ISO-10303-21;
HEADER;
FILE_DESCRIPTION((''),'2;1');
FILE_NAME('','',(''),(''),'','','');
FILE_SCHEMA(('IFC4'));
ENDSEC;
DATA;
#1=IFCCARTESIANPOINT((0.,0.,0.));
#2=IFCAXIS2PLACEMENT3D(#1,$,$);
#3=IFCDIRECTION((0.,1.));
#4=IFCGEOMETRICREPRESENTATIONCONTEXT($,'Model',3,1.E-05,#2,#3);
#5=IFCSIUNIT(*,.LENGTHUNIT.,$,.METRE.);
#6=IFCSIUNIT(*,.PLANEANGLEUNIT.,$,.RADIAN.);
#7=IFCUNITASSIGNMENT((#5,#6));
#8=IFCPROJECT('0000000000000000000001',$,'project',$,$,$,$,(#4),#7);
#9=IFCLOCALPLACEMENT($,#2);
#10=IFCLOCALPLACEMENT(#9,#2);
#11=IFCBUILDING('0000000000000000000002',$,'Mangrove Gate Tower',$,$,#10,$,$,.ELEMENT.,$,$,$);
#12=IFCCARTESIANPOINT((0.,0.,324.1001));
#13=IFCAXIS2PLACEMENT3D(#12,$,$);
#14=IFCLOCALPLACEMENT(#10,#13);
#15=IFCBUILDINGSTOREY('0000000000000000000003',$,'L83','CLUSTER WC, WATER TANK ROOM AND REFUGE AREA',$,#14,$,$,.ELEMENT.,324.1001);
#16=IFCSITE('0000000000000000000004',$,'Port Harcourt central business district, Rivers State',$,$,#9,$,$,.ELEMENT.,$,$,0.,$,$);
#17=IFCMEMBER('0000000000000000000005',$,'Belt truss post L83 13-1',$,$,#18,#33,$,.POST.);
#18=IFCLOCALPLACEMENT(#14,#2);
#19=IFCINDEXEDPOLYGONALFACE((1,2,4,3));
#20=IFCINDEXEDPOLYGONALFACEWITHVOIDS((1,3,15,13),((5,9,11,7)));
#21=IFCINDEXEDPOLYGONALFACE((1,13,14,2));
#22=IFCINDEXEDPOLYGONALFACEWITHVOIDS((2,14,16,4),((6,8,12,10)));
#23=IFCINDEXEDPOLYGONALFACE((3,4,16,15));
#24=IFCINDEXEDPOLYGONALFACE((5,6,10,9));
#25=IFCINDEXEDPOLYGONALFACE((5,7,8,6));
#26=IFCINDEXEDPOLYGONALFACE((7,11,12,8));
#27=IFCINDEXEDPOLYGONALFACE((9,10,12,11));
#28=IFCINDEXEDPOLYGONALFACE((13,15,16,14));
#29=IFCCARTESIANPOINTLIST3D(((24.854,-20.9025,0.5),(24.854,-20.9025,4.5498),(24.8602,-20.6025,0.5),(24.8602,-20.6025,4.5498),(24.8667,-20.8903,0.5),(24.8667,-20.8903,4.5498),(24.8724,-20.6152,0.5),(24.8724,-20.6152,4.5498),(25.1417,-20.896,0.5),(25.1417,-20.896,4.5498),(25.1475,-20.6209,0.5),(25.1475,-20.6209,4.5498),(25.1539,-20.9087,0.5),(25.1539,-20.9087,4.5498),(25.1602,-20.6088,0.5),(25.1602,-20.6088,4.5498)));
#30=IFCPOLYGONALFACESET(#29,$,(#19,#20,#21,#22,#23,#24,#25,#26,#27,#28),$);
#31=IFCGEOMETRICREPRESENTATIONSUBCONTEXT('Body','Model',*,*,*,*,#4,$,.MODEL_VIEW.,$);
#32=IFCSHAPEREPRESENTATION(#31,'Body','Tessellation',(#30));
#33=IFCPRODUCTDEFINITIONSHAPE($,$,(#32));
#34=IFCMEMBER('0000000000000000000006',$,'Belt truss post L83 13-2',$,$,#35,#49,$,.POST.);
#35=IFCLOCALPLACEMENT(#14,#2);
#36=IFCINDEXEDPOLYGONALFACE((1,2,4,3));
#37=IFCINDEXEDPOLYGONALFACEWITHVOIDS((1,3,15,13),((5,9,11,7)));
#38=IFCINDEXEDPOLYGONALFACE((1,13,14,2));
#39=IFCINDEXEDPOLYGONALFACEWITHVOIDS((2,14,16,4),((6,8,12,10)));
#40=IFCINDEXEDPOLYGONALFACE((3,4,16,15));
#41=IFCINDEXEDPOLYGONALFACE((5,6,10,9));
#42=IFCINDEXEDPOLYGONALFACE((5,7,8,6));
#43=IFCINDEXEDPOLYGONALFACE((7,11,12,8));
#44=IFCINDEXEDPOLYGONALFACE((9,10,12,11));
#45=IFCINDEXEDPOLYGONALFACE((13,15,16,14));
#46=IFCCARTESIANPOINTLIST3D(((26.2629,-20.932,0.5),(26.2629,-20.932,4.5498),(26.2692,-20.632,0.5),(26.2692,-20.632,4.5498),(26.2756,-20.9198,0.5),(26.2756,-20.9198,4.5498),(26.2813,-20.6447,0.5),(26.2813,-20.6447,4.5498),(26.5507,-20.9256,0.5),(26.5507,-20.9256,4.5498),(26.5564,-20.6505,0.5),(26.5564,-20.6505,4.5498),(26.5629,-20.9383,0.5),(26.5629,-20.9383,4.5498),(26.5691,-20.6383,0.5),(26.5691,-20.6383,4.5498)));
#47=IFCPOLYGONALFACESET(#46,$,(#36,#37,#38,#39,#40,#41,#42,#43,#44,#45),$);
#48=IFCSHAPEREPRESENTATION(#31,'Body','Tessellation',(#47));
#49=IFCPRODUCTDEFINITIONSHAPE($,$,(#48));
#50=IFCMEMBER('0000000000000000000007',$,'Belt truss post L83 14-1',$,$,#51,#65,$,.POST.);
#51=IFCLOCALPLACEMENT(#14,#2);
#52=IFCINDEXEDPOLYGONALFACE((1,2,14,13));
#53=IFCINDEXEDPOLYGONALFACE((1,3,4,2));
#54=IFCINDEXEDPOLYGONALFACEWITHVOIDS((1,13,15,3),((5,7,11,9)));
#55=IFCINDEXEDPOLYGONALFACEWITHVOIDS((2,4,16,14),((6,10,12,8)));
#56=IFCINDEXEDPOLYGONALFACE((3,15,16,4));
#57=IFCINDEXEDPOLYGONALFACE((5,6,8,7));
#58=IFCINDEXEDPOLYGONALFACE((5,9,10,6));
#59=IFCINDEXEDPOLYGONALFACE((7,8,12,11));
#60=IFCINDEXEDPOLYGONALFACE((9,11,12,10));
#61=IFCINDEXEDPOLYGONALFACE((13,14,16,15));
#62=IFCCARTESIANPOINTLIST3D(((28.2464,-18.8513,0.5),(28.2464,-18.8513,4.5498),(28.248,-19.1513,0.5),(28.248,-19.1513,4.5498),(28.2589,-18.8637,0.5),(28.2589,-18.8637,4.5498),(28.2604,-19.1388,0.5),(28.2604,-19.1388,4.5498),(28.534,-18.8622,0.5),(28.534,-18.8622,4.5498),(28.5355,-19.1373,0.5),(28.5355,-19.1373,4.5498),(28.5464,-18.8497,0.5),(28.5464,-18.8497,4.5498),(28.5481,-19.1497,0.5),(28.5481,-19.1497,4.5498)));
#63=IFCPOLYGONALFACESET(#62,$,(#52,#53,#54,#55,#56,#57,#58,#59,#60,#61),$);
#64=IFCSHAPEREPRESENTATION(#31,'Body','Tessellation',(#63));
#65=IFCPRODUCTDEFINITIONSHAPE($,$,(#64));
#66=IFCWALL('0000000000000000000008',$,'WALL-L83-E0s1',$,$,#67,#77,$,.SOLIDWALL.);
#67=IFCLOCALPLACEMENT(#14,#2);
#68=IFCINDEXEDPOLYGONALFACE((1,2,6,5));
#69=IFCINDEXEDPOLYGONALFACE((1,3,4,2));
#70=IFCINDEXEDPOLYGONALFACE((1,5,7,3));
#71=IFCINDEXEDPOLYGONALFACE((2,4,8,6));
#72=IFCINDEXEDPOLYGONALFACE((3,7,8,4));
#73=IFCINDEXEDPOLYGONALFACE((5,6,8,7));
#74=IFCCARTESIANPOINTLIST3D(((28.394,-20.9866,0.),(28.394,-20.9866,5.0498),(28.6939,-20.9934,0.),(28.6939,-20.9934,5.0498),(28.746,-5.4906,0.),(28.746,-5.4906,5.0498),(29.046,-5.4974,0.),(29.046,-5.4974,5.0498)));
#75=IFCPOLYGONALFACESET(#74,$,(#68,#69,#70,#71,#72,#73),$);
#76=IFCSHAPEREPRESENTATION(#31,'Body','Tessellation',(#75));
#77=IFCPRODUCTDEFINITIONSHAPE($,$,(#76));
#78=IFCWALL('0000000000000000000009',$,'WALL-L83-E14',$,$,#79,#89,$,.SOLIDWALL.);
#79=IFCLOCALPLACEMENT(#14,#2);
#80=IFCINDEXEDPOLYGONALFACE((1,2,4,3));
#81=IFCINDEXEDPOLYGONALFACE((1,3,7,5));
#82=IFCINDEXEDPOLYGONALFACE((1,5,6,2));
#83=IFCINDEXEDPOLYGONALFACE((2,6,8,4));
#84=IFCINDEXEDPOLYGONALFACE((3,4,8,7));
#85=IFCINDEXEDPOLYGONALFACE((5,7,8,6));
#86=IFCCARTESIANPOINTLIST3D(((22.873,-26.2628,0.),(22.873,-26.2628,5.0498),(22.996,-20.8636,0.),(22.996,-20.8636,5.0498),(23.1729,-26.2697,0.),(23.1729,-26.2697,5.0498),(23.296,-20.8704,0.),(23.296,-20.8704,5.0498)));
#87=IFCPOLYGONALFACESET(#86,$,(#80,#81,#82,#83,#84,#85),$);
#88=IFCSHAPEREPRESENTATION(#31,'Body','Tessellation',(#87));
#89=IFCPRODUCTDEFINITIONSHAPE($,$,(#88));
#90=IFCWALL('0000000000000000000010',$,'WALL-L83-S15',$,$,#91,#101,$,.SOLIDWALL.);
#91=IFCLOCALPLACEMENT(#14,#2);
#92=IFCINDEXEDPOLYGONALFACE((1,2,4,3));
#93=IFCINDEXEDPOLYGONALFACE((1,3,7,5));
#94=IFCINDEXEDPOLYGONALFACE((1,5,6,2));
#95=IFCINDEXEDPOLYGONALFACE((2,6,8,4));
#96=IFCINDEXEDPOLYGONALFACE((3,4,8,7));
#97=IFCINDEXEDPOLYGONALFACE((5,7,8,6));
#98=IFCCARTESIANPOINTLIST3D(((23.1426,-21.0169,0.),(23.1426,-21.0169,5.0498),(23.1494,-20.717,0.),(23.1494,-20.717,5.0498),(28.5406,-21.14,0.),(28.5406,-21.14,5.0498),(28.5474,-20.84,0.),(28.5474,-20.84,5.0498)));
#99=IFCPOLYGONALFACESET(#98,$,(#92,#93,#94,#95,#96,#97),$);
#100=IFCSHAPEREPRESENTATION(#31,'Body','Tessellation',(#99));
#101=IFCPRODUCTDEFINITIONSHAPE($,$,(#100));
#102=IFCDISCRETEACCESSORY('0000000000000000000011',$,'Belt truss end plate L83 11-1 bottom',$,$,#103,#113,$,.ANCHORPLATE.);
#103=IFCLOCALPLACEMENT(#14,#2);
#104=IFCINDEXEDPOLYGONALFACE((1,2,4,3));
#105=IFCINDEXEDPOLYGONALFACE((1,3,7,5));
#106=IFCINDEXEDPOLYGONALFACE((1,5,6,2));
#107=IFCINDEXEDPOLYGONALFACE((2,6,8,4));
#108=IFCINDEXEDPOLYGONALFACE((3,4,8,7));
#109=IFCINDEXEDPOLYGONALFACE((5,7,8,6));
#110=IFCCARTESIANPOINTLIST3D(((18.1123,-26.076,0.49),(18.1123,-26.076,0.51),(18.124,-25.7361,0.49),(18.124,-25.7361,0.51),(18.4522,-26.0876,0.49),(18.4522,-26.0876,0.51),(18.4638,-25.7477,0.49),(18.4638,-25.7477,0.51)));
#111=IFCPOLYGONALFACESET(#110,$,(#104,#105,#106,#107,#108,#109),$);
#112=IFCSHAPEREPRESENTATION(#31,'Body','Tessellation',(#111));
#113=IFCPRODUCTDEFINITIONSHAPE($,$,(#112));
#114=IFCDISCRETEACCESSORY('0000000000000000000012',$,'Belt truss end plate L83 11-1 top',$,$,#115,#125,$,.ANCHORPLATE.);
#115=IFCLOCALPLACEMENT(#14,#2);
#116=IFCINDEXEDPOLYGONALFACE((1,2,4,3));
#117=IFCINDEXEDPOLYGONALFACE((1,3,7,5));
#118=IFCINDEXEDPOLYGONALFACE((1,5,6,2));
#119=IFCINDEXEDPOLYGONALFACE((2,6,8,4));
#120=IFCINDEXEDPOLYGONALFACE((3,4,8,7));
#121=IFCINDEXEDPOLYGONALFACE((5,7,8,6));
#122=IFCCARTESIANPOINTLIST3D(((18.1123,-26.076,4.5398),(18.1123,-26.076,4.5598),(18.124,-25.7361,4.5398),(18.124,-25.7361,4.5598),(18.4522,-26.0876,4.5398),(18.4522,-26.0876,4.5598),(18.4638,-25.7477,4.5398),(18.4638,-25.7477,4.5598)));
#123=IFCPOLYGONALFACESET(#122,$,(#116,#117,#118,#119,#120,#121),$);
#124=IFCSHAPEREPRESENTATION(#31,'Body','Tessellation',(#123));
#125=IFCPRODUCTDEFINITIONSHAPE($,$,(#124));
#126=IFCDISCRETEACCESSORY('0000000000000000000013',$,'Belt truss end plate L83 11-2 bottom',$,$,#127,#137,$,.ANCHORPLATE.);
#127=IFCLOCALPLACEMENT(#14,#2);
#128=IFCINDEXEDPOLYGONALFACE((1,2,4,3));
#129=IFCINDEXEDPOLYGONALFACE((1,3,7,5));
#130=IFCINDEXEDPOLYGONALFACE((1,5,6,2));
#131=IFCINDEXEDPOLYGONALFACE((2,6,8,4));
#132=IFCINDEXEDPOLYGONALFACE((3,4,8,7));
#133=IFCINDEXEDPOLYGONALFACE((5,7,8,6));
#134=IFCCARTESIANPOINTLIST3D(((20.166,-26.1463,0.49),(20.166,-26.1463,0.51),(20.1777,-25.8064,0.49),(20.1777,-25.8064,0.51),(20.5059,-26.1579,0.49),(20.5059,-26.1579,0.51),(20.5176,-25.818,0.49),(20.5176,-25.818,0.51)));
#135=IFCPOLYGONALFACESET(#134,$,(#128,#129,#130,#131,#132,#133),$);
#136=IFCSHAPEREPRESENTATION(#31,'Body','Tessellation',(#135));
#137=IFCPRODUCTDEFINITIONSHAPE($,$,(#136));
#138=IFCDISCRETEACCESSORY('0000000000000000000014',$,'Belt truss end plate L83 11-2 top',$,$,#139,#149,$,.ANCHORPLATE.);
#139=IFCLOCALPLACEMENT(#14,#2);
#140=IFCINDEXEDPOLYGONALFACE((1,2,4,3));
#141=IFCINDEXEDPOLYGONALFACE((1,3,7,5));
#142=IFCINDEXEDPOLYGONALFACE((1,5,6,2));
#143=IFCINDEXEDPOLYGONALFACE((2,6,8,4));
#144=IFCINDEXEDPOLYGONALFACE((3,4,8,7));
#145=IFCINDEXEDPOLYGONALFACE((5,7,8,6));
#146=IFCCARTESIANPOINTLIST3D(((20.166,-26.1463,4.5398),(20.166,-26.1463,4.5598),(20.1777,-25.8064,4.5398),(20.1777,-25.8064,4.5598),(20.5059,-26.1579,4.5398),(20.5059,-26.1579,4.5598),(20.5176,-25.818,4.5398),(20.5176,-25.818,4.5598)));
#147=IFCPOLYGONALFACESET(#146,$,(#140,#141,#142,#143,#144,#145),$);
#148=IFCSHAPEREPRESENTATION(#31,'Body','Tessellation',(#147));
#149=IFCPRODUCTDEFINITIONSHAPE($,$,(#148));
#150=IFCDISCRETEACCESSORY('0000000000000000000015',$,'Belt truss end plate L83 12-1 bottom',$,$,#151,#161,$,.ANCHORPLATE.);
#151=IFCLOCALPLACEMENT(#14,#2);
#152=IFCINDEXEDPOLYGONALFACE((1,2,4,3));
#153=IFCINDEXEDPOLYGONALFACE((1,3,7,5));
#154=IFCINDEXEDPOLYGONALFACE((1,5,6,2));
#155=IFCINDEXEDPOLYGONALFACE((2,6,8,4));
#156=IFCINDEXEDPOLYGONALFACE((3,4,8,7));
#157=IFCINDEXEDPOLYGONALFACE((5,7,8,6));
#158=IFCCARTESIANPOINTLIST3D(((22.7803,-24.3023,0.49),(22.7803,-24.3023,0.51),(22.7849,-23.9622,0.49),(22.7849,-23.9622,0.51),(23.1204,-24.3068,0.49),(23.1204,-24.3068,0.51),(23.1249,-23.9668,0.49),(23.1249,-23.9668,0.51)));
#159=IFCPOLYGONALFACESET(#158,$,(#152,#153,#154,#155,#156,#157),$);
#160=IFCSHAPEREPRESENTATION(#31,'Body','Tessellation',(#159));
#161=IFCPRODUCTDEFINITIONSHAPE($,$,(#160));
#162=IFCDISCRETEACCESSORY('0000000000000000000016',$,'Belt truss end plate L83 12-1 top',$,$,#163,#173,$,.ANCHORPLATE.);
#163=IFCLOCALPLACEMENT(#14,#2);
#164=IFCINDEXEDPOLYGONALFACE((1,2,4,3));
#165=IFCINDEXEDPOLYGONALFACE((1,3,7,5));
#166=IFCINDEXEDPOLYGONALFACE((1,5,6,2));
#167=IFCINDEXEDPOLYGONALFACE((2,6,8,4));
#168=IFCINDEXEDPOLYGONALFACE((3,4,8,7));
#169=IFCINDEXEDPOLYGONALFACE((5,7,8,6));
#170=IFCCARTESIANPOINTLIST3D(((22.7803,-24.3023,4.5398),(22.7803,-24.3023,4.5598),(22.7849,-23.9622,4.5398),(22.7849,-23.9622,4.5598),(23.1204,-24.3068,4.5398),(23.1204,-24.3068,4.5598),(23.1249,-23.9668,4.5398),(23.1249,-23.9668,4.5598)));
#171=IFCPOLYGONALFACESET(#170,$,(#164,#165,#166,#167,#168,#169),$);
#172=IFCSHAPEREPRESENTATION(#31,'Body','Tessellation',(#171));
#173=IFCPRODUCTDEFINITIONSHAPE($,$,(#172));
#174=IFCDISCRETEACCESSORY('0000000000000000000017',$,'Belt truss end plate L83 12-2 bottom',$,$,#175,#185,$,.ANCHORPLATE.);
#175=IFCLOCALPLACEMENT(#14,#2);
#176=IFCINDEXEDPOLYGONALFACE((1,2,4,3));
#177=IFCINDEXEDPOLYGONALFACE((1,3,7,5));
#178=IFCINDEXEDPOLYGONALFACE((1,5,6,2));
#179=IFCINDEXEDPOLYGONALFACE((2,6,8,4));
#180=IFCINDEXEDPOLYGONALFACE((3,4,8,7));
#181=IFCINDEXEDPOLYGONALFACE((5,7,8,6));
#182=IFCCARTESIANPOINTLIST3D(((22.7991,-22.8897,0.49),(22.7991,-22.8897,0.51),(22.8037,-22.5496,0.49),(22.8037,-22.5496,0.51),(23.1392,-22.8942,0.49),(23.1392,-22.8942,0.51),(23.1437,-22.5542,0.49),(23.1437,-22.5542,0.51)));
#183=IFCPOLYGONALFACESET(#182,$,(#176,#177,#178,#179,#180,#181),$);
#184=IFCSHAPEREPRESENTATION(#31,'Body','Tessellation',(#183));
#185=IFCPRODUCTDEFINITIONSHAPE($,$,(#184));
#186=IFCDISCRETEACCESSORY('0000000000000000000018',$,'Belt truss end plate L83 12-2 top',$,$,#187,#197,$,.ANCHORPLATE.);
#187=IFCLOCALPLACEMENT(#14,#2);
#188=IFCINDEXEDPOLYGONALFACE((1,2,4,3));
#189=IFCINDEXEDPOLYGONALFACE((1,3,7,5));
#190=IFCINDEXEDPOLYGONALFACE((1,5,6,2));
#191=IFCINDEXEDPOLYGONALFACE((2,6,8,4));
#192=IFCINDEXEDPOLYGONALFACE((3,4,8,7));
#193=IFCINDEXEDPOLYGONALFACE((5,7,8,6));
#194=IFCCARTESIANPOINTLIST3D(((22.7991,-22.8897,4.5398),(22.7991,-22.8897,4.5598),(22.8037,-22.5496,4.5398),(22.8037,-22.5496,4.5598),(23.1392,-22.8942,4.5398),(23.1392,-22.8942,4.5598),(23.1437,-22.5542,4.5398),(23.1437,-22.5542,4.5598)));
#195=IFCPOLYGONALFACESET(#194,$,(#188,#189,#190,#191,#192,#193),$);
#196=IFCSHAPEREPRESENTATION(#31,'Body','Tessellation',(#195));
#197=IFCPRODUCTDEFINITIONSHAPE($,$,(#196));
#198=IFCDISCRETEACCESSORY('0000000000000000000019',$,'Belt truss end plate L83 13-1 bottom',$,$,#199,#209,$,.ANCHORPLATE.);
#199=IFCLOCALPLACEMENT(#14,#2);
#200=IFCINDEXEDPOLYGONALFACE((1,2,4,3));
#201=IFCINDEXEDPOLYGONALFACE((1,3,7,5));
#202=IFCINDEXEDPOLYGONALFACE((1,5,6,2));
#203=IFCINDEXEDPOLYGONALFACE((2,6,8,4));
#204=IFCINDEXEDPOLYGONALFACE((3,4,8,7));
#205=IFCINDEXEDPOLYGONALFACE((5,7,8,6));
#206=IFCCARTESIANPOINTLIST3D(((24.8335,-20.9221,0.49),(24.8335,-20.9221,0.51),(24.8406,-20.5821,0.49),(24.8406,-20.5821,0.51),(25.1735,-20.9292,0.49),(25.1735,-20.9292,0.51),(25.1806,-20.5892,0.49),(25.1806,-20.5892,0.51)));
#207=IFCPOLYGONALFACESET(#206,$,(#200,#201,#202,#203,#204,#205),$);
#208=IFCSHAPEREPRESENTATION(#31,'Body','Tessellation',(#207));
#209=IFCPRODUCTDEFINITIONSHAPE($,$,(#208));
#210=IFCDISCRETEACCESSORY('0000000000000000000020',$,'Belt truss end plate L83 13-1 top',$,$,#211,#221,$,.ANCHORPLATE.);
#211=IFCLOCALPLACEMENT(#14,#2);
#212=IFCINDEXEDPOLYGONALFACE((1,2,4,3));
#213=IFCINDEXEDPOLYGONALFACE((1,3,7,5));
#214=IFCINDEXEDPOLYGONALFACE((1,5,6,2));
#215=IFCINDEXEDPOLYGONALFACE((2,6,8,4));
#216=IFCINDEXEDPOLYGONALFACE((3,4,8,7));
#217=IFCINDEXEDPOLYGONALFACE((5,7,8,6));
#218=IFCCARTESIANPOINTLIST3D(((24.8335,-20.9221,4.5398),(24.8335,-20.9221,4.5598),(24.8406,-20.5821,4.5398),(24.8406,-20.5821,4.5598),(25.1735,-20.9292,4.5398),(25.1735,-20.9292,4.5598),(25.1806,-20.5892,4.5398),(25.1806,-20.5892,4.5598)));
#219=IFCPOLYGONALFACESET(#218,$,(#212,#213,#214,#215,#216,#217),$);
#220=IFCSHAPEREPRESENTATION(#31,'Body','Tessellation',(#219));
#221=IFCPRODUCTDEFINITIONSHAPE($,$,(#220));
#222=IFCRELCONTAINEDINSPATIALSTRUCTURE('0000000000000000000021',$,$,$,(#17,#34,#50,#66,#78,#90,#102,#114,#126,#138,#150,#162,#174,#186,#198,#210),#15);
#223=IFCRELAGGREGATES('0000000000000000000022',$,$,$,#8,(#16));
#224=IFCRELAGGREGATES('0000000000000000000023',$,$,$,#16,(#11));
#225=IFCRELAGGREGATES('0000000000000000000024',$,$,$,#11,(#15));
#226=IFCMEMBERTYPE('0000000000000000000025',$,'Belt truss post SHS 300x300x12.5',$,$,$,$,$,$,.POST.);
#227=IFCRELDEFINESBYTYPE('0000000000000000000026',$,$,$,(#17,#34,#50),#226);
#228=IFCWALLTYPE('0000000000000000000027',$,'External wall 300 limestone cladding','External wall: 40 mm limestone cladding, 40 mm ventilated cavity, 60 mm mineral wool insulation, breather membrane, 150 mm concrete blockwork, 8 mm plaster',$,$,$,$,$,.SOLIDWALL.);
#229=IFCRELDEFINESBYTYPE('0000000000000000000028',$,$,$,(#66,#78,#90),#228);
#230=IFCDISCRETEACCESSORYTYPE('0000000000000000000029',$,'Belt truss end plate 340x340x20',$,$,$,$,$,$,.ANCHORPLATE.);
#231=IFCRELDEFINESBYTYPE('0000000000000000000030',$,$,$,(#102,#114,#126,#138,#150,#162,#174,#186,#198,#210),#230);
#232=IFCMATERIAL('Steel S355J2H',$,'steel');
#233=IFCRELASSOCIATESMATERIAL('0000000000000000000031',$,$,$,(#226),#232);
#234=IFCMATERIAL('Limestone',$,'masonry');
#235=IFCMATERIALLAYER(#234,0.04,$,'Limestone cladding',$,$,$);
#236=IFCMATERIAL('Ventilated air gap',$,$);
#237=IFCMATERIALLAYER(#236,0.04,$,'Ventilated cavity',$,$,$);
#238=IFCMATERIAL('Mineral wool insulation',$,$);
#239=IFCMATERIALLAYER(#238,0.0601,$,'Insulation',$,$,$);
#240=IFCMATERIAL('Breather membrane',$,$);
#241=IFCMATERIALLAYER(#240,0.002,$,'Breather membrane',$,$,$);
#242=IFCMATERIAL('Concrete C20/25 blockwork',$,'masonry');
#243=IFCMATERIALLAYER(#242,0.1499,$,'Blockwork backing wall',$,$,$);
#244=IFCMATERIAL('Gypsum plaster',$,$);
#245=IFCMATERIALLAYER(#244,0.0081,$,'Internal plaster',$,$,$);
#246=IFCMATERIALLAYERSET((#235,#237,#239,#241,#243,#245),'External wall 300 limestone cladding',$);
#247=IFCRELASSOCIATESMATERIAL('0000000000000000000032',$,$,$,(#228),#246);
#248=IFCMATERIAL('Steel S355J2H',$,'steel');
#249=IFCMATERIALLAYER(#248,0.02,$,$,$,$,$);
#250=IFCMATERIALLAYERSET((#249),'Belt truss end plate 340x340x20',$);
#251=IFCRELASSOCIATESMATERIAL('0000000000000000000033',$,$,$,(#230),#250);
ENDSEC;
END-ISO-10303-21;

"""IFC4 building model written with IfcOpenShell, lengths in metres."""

from ifc_helpers import new_model, si_unit, direction, frame, frame_2d, origin, origin_2d, place, context, subcontext, project, spatial, rectangle, hollow_rectangle, extrude, material, layer, layer_set, material_profile, profile_set, type_object, element, save


model = new_model("IFC4")

# Units and contexts
model_context = context("Model", 3, precision=1e-05, world=origin(), true_north=direction((0.0, 1.0)))
body_context = subcontext(model_context, "Body", "Model", "MODEL_VIEW")
ifc_project = project(units=[si_unit("LENGTHUNIT", "METRE"), si_unit("PLANEANGLEUNIT", "RADIAN")], contexts=[model_context])

# Site, building, storey
site_placement = place(None, origin())
site = spatial("IfcSite", under=ifc_project, at=site_placement, Name="Port Harcourt central business district, Rivers State", CompositionType="ELEMENT", RefElevation=0.0)
building_placement = place(site_placement, origin())
building = spatial("IfcBuilding", under=site, at=building_placement, Name="Mangrove Gate Tower", CompositionType="ELEMENT")
storey_placement = place(building_placement, frame((0.0, 0.0, 324.1001)))
storey = spatial("IfcBuildingStorey", under=building, at=storey_placement, Name="L83", Description="CLUSTER WC, WATER TANK ROOM AND REFUGE AREA", CompositionType="ELEMENT", Elevation=324.1001)

# Members
ifc_material_1 = material(Name="Steel S355J2H", Category="steel")
ifc_material_profile_1 = material_profile(ifc_material_1, hollow_rectangle(XDim=0.3, YDim=0.3, WallThickness=0.0125, at=origin_2d()))
ifc_profile_set_1 = profile_set([ifc_material_profile_1], Name="Steel S355J2H")
member_type_1 = type_object("IfcMemberType", Name="Belt truss post SHS 300x300x12.5", PredefinedType="POST", material=ifc_profile_set_1)
for number, where, z_axis, x_axis, name in (
    (1, (25.0071, -20.7556, 0.5), (0.0, 0.0, 1.0), (0.999782, -0.020899, 0.0), "Belt truss post L83 13-1"),
    (2, (26.416, -20.7852, 0.5), (0.0, 0.0, 1.0), (0.999782, -0.020899, 0.0), "Belt truss post L83 13-2"),
    (3, (28.3972, -19.0005, 0.5), (0.0, 0.0, 1.0), (-0.005436, 0.999985, 0.0), "Belt truss post L83 14-1"),
):
    element("IfcMember", number, at=place(storey_placement, frame(where, z_axis=z_axis, x_axis=x_axis)), inside=storey, type_object=member_type_1, Name=name, PredefinedType="POST", context=body_context, shape_type="SweptSolid", body=[
        extrude(hollow_rectangle(XDim=0.3, YDim=0.3, WallThickness=0.0125, at=origin_2d()), origin(), (0.0, 0.0, 1.0), 4.0498),
    ])

# Walls
ifc_material_2 = material(Name="Limestone", Category="masonry")
ifc_layer_1 = layer(ifc_material_2, 0.04, Name="Limestone cladding")
ifc_material_3 = material(Name="Ventilated air gap")
ifc_layer_2 = layer(ifc_material_3, 0.04, Name="Ventilated cavity")
ifc_material_4 = material(Name="Mineral wool insulation")
ifc_layer_3 = layer(ifc_material_4, 0.0601, Name="Insulation")
ifc_material_5 = material(Name="Breather membrane")
ifc_layer_4 = layer(ifc_material_5, 0.002, Name="Breather membrane")
ifc_material_6 = material(Name="Concrete C20/25 blockwork", Category="masonry")
ifc_layer_5 = layer(ifc_material_6, 0.1499, Name="Blockwork backing wall")
ifc_material_7 = material(Name="Gypsum plaster")
ifc_layer_6 = layer(ifc_material_7, 0.0081, Name="Internal plaster")
ifc_layer_set_1 = layer_set([ifc_layer_1, ifc_layer_2, ifc_layer_3, ifc_layer_4, ifc_layer_5, ifc_layer_6], Name="External wall 300 limestone cladding")
wall_type = type_object("IfcWallType", Name="External wall 300 limestone cladding", Description="External wall: 40 mm limestone cladding, 40 mm ventilated cavity, 60 mm mineral wool insulation, breather membrane, 150 mm concrete blockwork, 8 mm plaster", PredefinedType="SOLIDWALL", material=ifc_layer_set_1)
wall_1_placement = place(storey_placement, frame((28.5439, -20.99, 0.0), z_axis=(0.0, 0.0, 1.0), x_axis=(0.022713, 0.999742, 0.0)))
element("IfcWall", 4, at=wall_1_placement, inside=storey, type_object=wall_type, Name="WALL-L83-E0s1", PredefinedType="SOLIDWALL", context=body_context, shape_type="SweptSolid", body=[
    extrude(rectangle(XDim=15.5, YDim=0.3, at=frame_2d((7.75, 0.0))), origin(), (0.0, 0.0, 1.0), 5.0498),
])
wall_2_placement = place(storey_placement, frame((23.0229, -26.2661, 0.0), z_axis=(0.0, 0.0, 1.0), x_axis=(0.022784, 0.99974, 0.0)))
element("IfcWall", 5, at=wall_2_placement, inside=storey, type_object=wall_type, Name="WALL-L83-E14", PredefinedType="SOLIDWALL", context=body_context, shape_type="SweptSolid", body=[
    extrude(rectangle(XDim=5.4006, YDim=0.3, at=frame_2d((2.7002, 0.0))), origin(), (0.0, 0.0, 1.0), 5.0498),
])
wall_3_placement = place(storey_placement, frame((23.146, -20.8669, 0.0), z_axis=(0.0, 0.0, 1.0), x_axis=(0.99974, -0.022789, 0.0)))
element("IfcWall", 6, at=wall_3_placement, inside=storey, type_object=wall_type, Name="WALL-L83-S15", PredefinedType="SOLIDWALL", context=body_context, shape_type="SweptSolid", body=[
    extrude(rectangle(XDim=5.3994, YDim=0.3, at=frame_2d((2.6997, 0.0))), origin(), (0.0, 0.0, 1.0), 5.0498),
])

# Discrete accessories
ifc_material_8 = material(Name="Steel S355J2H", Category="steel")
ifc_layer_7 = layer(ifc_material_8, 0.02)
ifc_layer_set_2 = layer_set([ifc_layer_7], Name="Belt truss end plate 340x340x20")
discrete_accessory_type = type_object("IfcDiscreteAccessoryType", Name="Belt truss end plate 340x340x20", PredefinedType="ANCHORPLATE", material=ifc_layer_set_2)
for number, where, z_axis, x_axis, name in (
    (7, (18.2881, -25.9119, 0.49), (0.0, 0.0, 1.0), (0.999416, -0.034183, 0.0), "Belt truss end plate L83 11-1 bottom"),
    (8, (18.2881, -25.9119, 4.5398), (0.0, 0.0, 1.0), (0.999416, -0.034183, 0.0), "Belt truss end plate L83 11-1 top"),
    (9, (20.3418, -25.9822, 0.49), (0.0, 0.0, 1.0), (0.999416, -0.034183, 0.0), "Belt truss end plate L83 11-2 bottom"),
    (10, (20.3418, -25.9822, 4.5398), (0.0, 0.0, 1.0), (0.999416, -0.034183, 0.0), "Belt truss end plate L83 11-2 top"),
    (11, (22.9526, -24.1345, 0.49), (0.0, 0.0, 1.0), (0.013379, 0.99991, 0.0), "Belt truss end plate L83 12-1 bottom"),
    (12, (22.9526, -24.1345, 4.5398), (0.0, 0.0, 1.0), (0.013379, 0.99991, 0.0), "Belt truss end plate L83 12-1 top"),
    (13, (22.9714, -22.7219, 0.49), (0.0, 0.0, 1.0), (0.013379, 0.99991, 0.0), "Belt truss end plate L83 12-2 bottom"),
    (14, (22.9714, -22.7219, 4.5398), (0.0, 0.0, 1.0), (0.013379, 0.99991, 0.0), "Belt truss end plate L83 12-2 top"),
    (15, (25.0071, -20.7556, 0.49), (0.0, 0.0, 1.0), (0.999782, -0.020899, 0.0), "Belt truss end plate L83 13-1 bottom"),
    (16, (25.0071, -20.7556, 4.5398), (0.0, 0.0, 1.0), (0.999782, -0.020899, 0.0), "Belt truss end plate L83 13-1 top"),
):
    element("IfcDiscreteAccessory", number, at=place(storey_placement, frame(where, z_axis=z_axis, x_axis=x_axis)), inside=storey, type_object=discrete_accessory_type, Name=name, PredefinedType="ANCHORPLATE", context=body_context, shape_type="SweptSolid", body=[
        extrude(rectangle(XDim=0.3401, YDim=0.3401, at=origin_2d()), origin(), (0.0, 0.0, 1.0), 0.02),
    ])

save(model, "model.ifc")
